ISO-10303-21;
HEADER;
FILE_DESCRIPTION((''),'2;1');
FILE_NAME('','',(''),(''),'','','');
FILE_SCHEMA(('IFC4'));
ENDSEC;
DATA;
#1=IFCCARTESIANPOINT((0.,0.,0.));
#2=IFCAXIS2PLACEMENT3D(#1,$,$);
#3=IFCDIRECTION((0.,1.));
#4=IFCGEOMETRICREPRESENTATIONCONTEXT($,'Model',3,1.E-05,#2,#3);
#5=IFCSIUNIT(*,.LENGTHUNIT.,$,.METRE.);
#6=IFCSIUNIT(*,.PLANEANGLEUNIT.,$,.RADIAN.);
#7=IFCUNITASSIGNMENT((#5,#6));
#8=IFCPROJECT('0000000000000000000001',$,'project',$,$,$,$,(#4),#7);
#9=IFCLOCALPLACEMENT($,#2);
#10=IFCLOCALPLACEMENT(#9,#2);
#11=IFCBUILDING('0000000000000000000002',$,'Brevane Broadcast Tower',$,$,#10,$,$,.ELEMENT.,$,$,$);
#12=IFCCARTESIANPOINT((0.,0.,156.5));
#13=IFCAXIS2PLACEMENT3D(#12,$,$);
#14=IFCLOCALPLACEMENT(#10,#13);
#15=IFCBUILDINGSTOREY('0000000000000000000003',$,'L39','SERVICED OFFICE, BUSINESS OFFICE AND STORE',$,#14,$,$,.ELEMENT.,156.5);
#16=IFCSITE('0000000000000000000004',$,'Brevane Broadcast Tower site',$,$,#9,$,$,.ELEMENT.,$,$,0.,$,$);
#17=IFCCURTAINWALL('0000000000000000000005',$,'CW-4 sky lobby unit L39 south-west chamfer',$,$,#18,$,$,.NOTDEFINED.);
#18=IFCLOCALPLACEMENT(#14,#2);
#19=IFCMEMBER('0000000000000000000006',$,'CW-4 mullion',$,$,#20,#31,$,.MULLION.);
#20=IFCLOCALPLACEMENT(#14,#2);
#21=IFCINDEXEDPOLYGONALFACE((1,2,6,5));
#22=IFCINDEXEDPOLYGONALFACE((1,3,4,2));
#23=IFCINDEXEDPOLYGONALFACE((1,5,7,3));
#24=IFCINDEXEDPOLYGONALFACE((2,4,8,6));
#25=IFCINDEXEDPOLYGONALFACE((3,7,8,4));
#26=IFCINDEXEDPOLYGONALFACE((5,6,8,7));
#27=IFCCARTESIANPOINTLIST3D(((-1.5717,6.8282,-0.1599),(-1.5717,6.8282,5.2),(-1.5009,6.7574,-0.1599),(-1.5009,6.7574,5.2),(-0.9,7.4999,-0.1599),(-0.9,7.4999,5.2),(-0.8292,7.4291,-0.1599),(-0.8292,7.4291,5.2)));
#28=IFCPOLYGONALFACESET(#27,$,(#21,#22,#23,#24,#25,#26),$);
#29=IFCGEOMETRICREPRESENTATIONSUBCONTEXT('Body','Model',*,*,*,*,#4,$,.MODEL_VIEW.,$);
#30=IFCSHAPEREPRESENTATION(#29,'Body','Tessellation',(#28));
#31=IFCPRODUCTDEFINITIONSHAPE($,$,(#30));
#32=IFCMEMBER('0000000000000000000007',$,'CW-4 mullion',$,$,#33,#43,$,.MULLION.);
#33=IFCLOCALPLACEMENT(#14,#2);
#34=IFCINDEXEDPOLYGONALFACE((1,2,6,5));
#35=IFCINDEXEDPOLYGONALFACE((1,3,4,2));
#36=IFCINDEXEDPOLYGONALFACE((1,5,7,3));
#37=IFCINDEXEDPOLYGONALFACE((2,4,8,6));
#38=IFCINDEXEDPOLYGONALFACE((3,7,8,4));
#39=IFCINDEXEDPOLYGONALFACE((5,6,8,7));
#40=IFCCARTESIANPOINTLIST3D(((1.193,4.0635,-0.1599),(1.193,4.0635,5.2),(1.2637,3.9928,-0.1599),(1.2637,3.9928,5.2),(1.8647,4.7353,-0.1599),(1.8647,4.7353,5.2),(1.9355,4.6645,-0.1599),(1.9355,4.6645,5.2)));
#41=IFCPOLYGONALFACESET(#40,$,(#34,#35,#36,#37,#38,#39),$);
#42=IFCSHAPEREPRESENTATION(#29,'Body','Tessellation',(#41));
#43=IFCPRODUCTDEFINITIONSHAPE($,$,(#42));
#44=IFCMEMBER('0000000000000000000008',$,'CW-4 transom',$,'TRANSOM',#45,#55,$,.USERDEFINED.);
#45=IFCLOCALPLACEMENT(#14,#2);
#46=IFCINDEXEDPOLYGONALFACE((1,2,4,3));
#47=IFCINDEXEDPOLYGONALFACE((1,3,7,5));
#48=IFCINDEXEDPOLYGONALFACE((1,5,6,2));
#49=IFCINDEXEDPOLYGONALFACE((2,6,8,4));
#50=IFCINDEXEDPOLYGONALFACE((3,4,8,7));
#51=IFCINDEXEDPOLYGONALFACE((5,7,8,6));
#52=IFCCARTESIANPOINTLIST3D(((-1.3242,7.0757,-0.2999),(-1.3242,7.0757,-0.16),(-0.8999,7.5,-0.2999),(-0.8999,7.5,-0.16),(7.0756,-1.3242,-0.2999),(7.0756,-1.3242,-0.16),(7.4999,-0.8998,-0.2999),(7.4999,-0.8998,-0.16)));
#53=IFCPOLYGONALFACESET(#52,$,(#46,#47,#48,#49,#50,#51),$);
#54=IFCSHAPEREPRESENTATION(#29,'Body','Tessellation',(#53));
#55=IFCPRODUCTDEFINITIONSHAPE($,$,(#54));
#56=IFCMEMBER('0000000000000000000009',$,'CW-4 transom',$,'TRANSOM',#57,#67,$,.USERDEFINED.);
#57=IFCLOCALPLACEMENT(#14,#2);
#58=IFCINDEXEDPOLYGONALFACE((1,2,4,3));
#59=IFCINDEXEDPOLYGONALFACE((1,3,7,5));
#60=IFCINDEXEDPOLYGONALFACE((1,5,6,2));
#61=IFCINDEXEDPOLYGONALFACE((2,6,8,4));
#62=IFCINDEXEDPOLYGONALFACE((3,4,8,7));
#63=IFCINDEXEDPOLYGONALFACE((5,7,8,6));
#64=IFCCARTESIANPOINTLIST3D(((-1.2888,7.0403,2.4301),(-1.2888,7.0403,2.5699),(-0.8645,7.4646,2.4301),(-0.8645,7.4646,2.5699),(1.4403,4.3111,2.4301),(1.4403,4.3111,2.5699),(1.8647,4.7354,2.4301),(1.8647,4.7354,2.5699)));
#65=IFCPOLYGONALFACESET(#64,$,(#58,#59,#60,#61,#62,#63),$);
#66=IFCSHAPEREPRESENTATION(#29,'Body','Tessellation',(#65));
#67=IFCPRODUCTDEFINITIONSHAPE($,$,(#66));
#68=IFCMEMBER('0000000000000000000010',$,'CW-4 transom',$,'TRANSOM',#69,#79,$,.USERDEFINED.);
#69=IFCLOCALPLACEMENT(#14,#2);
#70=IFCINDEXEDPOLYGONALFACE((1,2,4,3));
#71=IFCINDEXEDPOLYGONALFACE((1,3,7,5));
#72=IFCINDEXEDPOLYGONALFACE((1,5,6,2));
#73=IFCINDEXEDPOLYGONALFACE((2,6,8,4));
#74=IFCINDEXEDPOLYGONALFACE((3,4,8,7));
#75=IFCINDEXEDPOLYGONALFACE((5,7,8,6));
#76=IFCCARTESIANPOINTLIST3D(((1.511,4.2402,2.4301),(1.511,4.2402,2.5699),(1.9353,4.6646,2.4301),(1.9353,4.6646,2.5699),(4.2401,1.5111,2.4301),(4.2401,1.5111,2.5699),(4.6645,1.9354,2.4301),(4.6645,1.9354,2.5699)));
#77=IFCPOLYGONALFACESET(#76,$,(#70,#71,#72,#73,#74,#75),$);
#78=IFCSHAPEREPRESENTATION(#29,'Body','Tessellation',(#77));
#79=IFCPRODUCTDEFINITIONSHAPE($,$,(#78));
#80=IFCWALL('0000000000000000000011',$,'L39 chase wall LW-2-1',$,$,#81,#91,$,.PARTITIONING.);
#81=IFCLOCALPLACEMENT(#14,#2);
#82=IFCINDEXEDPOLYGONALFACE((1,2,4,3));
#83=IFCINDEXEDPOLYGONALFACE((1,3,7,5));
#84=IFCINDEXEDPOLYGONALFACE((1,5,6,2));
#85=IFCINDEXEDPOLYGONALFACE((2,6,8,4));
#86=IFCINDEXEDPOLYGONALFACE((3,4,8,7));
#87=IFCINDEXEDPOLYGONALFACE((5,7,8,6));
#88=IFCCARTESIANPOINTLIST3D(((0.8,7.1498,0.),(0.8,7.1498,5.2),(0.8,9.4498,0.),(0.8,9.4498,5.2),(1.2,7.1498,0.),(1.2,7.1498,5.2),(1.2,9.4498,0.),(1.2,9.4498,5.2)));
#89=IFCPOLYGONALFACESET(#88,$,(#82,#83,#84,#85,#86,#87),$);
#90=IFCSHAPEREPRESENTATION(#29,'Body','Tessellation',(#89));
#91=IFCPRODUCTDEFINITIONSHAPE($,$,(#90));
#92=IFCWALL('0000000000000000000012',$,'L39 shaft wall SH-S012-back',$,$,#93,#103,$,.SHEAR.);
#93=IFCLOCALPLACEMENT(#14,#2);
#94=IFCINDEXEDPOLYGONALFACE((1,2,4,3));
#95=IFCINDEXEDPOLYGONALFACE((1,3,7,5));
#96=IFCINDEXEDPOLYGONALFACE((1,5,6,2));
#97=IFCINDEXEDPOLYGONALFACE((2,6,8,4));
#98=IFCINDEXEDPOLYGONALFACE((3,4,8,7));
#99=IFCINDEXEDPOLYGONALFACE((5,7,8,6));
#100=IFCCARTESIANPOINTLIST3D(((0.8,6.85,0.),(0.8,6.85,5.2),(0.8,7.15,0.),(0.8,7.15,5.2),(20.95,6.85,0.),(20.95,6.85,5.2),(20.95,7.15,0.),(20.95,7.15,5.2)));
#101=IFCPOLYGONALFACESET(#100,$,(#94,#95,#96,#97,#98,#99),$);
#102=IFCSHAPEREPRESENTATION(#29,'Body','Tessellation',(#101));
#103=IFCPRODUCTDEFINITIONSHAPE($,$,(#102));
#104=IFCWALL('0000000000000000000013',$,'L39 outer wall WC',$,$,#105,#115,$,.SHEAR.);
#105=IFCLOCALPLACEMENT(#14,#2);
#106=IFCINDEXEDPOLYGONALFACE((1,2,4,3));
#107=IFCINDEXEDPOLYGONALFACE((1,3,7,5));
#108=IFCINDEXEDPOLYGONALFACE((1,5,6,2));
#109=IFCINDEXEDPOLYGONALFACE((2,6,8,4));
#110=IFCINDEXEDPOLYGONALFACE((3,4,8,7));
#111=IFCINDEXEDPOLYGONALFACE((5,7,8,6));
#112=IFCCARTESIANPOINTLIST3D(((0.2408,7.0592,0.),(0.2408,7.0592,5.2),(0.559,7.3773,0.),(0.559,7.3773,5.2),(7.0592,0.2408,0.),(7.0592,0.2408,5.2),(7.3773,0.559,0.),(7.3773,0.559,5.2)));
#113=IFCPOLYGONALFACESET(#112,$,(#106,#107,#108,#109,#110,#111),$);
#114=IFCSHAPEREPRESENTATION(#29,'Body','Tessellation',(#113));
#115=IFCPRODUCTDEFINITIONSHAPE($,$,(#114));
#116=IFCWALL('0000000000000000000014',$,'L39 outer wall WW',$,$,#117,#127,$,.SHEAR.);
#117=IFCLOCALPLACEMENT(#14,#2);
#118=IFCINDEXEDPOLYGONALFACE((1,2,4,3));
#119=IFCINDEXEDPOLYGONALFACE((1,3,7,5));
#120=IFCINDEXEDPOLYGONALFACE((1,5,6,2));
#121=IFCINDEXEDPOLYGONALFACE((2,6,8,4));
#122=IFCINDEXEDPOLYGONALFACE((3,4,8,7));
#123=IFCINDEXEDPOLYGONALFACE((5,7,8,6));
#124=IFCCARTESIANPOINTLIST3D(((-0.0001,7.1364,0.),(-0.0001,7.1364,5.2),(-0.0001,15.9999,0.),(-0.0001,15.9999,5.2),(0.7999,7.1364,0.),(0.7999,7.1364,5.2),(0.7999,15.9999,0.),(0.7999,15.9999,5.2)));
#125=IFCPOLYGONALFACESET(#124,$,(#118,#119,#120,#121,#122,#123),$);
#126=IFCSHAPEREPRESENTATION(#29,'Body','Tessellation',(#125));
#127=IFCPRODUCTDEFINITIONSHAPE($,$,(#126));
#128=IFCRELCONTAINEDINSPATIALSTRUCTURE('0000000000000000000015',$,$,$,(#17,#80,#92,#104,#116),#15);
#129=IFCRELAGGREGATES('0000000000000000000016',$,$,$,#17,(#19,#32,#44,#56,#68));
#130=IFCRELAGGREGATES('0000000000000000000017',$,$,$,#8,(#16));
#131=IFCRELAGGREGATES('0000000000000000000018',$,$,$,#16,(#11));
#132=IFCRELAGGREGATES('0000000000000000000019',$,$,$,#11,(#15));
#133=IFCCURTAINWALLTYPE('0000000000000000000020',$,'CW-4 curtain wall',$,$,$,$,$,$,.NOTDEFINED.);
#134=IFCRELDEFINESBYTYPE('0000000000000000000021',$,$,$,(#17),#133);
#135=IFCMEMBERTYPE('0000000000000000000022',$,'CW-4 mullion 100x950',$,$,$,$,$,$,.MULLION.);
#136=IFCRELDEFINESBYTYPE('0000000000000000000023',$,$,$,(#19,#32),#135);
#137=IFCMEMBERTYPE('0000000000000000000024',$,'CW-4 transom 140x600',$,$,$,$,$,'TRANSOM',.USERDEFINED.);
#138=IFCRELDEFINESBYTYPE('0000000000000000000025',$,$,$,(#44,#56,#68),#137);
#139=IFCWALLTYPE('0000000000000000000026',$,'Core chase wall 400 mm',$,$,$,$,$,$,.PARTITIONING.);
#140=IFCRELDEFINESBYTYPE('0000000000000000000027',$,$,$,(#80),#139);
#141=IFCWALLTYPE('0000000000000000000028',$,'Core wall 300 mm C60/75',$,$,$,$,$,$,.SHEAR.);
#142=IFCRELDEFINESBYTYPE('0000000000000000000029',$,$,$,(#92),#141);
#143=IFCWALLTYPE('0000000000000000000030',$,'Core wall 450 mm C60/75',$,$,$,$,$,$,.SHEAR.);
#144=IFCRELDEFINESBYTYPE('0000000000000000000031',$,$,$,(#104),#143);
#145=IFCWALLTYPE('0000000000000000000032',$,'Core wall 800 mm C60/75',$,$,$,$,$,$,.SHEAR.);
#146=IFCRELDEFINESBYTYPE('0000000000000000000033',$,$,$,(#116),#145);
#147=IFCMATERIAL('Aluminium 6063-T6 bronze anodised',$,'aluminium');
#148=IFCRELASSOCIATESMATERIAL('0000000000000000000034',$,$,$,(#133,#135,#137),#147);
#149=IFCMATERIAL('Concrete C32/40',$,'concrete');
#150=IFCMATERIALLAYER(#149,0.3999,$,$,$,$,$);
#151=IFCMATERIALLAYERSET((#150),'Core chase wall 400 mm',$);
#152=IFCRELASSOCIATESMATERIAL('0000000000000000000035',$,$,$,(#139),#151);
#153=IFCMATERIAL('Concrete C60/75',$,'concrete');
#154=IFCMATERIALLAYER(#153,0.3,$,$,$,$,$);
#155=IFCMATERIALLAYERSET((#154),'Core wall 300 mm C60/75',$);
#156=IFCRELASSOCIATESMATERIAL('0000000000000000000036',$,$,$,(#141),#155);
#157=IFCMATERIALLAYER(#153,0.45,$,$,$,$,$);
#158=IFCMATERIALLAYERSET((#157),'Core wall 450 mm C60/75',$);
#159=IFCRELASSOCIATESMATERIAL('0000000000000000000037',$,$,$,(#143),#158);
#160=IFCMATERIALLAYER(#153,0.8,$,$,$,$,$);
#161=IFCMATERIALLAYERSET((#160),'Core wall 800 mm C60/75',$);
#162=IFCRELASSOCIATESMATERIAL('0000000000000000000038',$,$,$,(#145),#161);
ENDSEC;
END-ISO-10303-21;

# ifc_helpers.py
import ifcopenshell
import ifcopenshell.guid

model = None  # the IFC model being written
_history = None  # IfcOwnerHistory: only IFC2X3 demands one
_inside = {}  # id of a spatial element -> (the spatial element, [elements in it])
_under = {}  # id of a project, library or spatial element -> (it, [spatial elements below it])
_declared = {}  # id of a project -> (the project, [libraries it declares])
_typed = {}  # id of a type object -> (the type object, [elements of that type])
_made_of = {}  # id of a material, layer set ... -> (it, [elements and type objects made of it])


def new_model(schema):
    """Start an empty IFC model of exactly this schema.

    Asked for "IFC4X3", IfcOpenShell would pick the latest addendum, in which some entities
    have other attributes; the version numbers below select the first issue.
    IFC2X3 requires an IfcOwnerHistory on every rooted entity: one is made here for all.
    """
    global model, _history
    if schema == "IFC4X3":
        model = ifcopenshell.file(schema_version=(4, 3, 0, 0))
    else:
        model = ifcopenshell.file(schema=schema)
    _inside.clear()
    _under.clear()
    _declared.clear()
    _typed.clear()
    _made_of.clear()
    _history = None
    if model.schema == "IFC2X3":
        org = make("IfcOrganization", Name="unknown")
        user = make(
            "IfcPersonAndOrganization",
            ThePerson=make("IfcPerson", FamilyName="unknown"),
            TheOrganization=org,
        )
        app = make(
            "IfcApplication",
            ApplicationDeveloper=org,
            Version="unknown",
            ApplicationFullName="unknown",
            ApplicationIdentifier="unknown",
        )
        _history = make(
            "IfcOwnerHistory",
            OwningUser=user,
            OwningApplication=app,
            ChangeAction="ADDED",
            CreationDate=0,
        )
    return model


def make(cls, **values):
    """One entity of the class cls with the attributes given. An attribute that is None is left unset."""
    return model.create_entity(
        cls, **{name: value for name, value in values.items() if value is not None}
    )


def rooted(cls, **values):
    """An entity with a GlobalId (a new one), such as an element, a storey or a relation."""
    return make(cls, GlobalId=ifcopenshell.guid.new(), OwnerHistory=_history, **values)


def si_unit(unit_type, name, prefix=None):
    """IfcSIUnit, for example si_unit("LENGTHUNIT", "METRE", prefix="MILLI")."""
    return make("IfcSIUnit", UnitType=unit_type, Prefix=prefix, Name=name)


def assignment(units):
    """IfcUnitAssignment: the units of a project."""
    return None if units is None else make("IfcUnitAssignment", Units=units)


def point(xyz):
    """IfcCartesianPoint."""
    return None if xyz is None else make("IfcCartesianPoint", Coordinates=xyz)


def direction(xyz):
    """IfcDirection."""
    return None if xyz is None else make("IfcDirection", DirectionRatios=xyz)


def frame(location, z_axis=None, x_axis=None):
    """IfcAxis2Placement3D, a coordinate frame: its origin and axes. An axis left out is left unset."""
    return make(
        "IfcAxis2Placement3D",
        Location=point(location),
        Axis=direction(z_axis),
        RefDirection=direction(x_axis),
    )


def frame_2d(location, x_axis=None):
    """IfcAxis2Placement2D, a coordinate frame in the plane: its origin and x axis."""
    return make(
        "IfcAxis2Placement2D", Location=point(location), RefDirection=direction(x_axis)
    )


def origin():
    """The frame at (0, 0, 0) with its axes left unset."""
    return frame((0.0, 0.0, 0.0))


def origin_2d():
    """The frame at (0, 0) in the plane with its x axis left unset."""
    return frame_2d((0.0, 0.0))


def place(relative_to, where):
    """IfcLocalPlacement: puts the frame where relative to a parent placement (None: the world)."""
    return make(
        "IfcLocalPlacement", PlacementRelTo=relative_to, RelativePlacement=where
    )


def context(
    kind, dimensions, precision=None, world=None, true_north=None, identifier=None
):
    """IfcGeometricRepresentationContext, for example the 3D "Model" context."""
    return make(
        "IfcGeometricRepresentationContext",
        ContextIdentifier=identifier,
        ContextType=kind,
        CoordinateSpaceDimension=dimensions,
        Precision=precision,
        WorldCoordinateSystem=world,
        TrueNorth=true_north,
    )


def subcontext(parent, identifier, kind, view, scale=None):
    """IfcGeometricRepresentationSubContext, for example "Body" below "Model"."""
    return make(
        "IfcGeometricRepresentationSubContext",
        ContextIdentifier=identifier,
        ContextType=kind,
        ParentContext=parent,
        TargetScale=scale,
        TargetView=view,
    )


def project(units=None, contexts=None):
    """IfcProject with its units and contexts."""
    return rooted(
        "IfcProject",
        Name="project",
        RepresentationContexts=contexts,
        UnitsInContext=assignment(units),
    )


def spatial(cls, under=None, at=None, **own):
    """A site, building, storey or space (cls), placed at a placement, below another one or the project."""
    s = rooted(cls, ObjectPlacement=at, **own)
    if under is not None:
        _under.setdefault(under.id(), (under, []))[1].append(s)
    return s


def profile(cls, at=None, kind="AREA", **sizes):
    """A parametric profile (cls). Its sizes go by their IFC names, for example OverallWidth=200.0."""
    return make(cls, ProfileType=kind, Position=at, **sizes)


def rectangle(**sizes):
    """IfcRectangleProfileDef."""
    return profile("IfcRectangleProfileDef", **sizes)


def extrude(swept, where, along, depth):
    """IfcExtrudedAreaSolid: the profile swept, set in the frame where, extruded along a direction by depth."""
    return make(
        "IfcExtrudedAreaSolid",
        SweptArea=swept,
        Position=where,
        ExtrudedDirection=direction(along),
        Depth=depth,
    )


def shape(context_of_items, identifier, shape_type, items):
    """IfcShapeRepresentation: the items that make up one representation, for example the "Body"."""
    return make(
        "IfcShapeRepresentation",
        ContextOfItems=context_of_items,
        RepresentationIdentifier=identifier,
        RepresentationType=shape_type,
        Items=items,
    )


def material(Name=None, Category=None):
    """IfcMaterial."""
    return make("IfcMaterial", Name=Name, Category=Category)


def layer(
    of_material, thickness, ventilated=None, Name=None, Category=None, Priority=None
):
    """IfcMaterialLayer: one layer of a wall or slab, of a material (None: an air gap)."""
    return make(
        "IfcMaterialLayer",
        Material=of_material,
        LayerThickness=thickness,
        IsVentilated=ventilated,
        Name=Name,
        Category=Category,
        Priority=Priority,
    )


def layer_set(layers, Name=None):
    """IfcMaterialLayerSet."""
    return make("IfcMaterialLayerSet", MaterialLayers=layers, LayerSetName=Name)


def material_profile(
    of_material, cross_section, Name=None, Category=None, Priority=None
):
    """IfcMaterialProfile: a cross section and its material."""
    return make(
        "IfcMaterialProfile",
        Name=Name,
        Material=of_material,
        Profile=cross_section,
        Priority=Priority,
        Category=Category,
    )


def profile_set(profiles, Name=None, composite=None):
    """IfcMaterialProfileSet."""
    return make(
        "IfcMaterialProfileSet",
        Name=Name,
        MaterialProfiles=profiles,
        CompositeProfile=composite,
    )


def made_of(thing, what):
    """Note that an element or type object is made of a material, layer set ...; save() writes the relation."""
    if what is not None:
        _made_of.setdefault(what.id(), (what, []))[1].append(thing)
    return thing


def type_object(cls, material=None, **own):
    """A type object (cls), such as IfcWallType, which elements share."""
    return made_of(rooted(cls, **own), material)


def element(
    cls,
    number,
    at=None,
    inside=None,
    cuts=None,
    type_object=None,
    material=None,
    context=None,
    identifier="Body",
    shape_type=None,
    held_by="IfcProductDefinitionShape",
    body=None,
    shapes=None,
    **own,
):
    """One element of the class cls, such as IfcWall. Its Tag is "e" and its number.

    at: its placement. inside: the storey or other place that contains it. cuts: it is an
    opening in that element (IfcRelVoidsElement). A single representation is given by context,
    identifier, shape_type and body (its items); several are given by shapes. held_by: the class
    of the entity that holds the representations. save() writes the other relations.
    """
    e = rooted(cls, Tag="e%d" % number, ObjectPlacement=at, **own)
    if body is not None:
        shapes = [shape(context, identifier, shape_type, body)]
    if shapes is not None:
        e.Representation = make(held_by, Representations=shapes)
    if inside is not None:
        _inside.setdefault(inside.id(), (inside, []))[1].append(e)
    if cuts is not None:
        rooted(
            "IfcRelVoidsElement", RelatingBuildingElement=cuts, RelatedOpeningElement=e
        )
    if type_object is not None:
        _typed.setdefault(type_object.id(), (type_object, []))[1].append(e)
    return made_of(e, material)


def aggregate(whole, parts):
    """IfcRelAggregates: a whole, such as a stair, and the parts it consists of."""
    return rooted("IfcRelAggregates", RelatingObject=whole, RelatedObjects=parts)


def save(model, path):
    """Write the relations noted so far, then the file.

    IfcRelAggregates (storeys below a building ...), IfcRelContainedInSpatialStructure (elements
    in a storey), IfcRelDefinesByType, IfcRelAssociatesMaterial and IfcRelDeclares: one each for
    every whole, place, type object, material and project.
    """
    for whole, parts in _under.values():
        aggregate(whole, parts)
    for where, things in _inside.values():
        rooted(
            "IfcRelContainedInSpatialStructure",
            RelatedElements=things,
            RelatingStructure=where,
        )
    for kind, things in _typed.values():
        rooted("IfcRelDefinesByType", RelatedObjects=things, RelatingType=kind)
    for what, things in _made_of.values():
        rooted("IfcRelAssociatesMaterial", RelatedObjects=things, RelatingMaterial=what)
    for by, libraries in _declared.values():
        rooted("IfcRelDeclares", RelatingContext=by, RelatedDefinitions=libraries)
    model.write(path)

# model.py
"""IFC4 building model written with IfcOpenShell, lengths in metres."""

from ifc_helpers import new_model, si_unit, direction, frame, frame_2d, origin, origin_2d, place, context, subcontext, project, spatial, rectangle, extrude, material, layer, layer_set, material_profile, profile_set, type_object, element, aggregate, save


model = new_model("IFC4")

# Units and contexts
model_context = context("Model", 3, precision=1e-05, world=origin(), true_north=direction((0.0, 1.0)))
body_context = subcontext(model_context, "Body", "Model", "MODEL_VIEW")
ifc_project = project(units=[si_unit("LENGTHUNIT", "METRE"), si_unit("PLANEANGLEUNIT", "RADIAN")], contexts=[model_context])

# Site, building, storey
site_placement = place(None, origin())
site = spatial("IfcSite", under=ifc_project, at=site_placement, Name="Brevane Broadcast Tower site", CompositionType="ELEMENT", RefElevation=0.0)
building_placement = place(site_placement, origin())
building = spatial("IfcBuilding", under=site, at=building_placement, Name="Brevane Broadcast Tower", CompositionType="ELEMENT")
storey_placement = place(building_placement, frame((0.0, 0.0, 156.5)))
storey = spatial("IfcBuildingStorey", under=building, at=storey_placement, Name="L39", Description="SERVICED OFFICE, BUSINESS OFFICE AND STORE", CompositionType="ELEMENT", Elevation=156.5)

# Curtain wall, members
ifc_material_1 = material(Name="Aluminium 6063-T6 bronze anodised", Category="aluminium")
curtain_wall_type = type_object("IfcCurtainWallType", Name="CW-4 curtain wall", PredefinedType="NOTDEFINED", material=ifc_material_1)
curtain_wall_placement = place(storey_placement, origin())
curtain_wall = element("IfcCurtainWall", 1, at=curtain_wall_placement, inside=storey, type_object=curtain_wall_type, Name="CW-4 sky lobby unit L39 south-west chamfer", PredefinedType="NOTDEFINED")
ifc_material_profile_1 = material_profile(ifc_material_1, rectangle(XDim=0.95, YDim=0.1001, at=origin_2d()), Name="RECT 100x950")
ifc_profile_set_1 = profile_set([ifc_material_profile_1], Name="Aluminium 6063-T6 bronze anodised")
member_type_1 = type_object("IfcMemberType", Name="CW-4 mullion 100x950", PredefinedType="MULLION", material=ifc_profile_set_1)
member_1_placement = place(storey_placement, frame((-1.2004, 7.1287, -0.1599), z_axis=(0.0, 0.0, 1.0), x_axis=(0.707107, 0.707107, 0.0)))
member_1 = element("IfcMember", 2, at=member_1_placement, type_object=member_type_1, Name="CW-4 mullion", PredefinedType="MULLION", context=body_context, shape_type="SweptSolid", body=[
    extrude(rectangle(XDim=0.95, YDim=0.1001, at=origin_2d()), origin(), (0.0, 0.0, 1.0), 5.3599),
])
member_2_placement = place(storey_placement, frame((1.5642, 4.364, -0.1599), z_axis=(0.0, 0.0, 1.0), x_axis=(0.707107, 0.707107, 0.0)))
member_2 = element("IfcMember", 3, at=member_2_placement, type_object=member_type_1, Name="CW-4 mullion", PredefinedType="MULLION", context=body_context, shape_type="SweptSolid", body=[
    extrude(rectangle(XDim=0.95, YDim=0.1001, at=origin_2d()), origin(), (0.0, 0.0, 1.0), 5.3599),
])
ifc_material_profile_2 = material_profile(ifc_material_1, rectangle(XDim=0.6001, YDim=0.1399, at=origin_2d()), Name="RECT 140x600")
ifc_profile_set_2 = profile_set([ifc_material_profile_2], Name="Aluminium 6063-T6 bronze anodised")
member_type_2 = type_object("IfcMemberType", Name="CW-4 transom 140x600", ElementType="TRANSOM", PredefinedType="USERDEFINED", material=ifc_profile_set_2)
member_3_placement = place(storey_placement, frame((-1.1121, 7.2878, -0.23), z_axis=(0.707107, -0.707107, 0.0), x_axis=(0.707107, 0.707107, 0.0)))
member_3 = element("IfcMember", 4, at=member_3_placement, type_object=member_type_2, Name="CW-4 transom", ObjectType="TRANSOM", PredefinedType="USERDEFINED", context=body_context, shape_type="SweptSolid", body=[
    extrude(rectangle(XDim=0.6001, YDim=0.1399, at=origin_2d()), origin(), (0.0, 0.0, 1.0), 11.8792),
])
member_4_placement = place(storey_placement, frame((-1.0767, 7.2524, 2.5), z_axis=(0.707107, -0.707107, 0.0), x_axis=(0.707107, 0.707107, 0.0)))
member_4 = element("IfcMember", 5, at=member_4_placement, type_object=member_type_2, Name="CW-4 transom", ObjectType="TRANSOM", PredefinedType="USERDEFINED", context=body_context, shape_type="SweptSolid", body=[
    extrude(rectangle(XDim=0.6001, YDim=0.1399, at=origin_2d()), origin(), (0.0, 0.0, 1.0), 3.8596),
])
member_5_placement = place(storey_placement, frame((1.7231, 4.4524, 2.5), z_axis=(0.707107, -0.707107, 0.0), x_axis=(0.707107, 0.707107, 0.0)))
member_5 = element("IfcMember", 6, at=member_5_placement, type_object=member_type_2, Name="CW-4 transom", ObjectType="TRANSOM", PredefinedType="USERDEFINED", context=body_context, shape_type="SweptSolid", body=[
    extrude(rectangle(XDim=0.6001, YDim=0.1399, at=origin_2d()), origin(), (0.0, 0.0, 1.0), 3.8596),
])
aggregate(curtain_wall, [member_1, member_2, member_3, member_4, member_5])

# Walls
ifc_material_2 = material(Name="Concrete C32/40", Category="concrete")
ifc_layer_1 = layer(ifc_material_2, 0.3999)
ifc_layer_set_1 = layer_set([ifc_layer_1], Name="Core chase wall 400 mm")
wall_type_1 = type_object("IfcWallType", Name="Core chase wall 400 mm", PredefinedType="PARTITIONING", material=ifc_layer_set_1)
wall_1_placement = place(storey_placement, frame((1.0, 7.1499, 0.0), z_axis=(0.0, 0.0, 1.0), x_axis=(0.0, 1.0, 0.0)))
element("IfcWall", 7, at=wall_1_placement, inside=storey, type_object=wall_type_1, Name="L39 chase wall LW-2-1", PredefinedType="PARTITIONING", context=body_context, shape_type="SweptSolid", body=[
    extrude(rectangle(XDim=2.3, YDim=0.3999, at=frame_2d((1.1499, 0.0))), origin(), (0.0, 0.0, 1.0), 5.2),
])
ifc_material_3 = material(Name="Concrete C60/75", Category="concrete")
ifc_layer_2 = layer(ifc_material_3, 0.3)
ifc_layer_set_2 = layer_set([ifc_layer_2], Name="Core wall 300 mm C60/75")
wall_type_2 = type_object("IfcWallType", Name="Core wall 300 mm C60/75", PredefinedType="SHEAR", material=ifc_layer_set_2)
wall_2_placement = place(storey_placement, frame((0.8, 7.0, 0.0), z_axis=(0.0, 0.0, 1.0), x_axis=(1.0, 0.0, 0.0)))
element("IfcWall", 8, at=wall_2_placement, inside=storey, type_object=wall_type_2, Name="L39 shaft wall SH-S012-back", PredefinedType="SHEAR", context=body_context, shape_type="SweptSolid", body=[
    extrude(rectangle(XDim=20.1499, YDim=0.3, at=frame_2d((10.075, 0.0))), origin(), (0.0, 0.0, 1.0), 5.2),
])
ifc_layer_3 = layer(ifc_material_3, 0.45)
ifc_layer_set_3 = layer_set([ifc_layer_3], Name="Core wall 450 mm C60/75")
wall_type_3 = type_object("IfcWallType", Name="Core wall 450 mm C60/75", PredefinedType="SHEAR", material=ifc_layer_set_3)
wall_3_placement = place(storey_placement, frame((0.3999, 7.2183, 0.0), z_axis=(0.0, 0.0, 1.0), x_axis=(0.707107, -0.707107, 0.0)))
element("IfcWall", 9, at=wall_3_placement, inside=storey, type_object=wall_type_3, Name="L39 outer wall WC", PredefinedType="SHEAR", context=body_context, shape_type="SweptSolid", body=[
    extrude(rectangle(XDim=9.6426, YDim=0.45, at=frame_2d((4.8213, 0.0))), origin(), (0.0, 0.0, 1.0), 5.2),
])
ifc_layer_4 = layer(ifc_material_3, 0.8)
ifc_layer_set_4 = layer_set([ifc_layer_4], Name="Core wall 800 mm C60/75")
wall_type_4 = type_object("IfcWallType", Name="Core wall 800 mm C60/75", PredefinedType="SHEAR", material=ifc_layer_set_4)
wall_4_placement = place(storey_placement, frame((0.3999, 7.1365, 0.0), z_axis=(0.0, 0.0, 1.0), x_axis=(0.0, 1.0, 0.0)))
element("IfcWall", 10, at=wall_4_placement, inside=storey, type_object=wall_type_4, Name="L39 outer wall WW", PredefinedType="SHEAR", context=body_context, shape_type="SweptSolid", body=[
    extrude(rectangle(XDim=8.8635, YDim=0.8, at=frame_2d((4.4316, 0.0))), origin(), (0.0, 0.0, 1.0), 5.2),
])

save(model, "model.ifc")
